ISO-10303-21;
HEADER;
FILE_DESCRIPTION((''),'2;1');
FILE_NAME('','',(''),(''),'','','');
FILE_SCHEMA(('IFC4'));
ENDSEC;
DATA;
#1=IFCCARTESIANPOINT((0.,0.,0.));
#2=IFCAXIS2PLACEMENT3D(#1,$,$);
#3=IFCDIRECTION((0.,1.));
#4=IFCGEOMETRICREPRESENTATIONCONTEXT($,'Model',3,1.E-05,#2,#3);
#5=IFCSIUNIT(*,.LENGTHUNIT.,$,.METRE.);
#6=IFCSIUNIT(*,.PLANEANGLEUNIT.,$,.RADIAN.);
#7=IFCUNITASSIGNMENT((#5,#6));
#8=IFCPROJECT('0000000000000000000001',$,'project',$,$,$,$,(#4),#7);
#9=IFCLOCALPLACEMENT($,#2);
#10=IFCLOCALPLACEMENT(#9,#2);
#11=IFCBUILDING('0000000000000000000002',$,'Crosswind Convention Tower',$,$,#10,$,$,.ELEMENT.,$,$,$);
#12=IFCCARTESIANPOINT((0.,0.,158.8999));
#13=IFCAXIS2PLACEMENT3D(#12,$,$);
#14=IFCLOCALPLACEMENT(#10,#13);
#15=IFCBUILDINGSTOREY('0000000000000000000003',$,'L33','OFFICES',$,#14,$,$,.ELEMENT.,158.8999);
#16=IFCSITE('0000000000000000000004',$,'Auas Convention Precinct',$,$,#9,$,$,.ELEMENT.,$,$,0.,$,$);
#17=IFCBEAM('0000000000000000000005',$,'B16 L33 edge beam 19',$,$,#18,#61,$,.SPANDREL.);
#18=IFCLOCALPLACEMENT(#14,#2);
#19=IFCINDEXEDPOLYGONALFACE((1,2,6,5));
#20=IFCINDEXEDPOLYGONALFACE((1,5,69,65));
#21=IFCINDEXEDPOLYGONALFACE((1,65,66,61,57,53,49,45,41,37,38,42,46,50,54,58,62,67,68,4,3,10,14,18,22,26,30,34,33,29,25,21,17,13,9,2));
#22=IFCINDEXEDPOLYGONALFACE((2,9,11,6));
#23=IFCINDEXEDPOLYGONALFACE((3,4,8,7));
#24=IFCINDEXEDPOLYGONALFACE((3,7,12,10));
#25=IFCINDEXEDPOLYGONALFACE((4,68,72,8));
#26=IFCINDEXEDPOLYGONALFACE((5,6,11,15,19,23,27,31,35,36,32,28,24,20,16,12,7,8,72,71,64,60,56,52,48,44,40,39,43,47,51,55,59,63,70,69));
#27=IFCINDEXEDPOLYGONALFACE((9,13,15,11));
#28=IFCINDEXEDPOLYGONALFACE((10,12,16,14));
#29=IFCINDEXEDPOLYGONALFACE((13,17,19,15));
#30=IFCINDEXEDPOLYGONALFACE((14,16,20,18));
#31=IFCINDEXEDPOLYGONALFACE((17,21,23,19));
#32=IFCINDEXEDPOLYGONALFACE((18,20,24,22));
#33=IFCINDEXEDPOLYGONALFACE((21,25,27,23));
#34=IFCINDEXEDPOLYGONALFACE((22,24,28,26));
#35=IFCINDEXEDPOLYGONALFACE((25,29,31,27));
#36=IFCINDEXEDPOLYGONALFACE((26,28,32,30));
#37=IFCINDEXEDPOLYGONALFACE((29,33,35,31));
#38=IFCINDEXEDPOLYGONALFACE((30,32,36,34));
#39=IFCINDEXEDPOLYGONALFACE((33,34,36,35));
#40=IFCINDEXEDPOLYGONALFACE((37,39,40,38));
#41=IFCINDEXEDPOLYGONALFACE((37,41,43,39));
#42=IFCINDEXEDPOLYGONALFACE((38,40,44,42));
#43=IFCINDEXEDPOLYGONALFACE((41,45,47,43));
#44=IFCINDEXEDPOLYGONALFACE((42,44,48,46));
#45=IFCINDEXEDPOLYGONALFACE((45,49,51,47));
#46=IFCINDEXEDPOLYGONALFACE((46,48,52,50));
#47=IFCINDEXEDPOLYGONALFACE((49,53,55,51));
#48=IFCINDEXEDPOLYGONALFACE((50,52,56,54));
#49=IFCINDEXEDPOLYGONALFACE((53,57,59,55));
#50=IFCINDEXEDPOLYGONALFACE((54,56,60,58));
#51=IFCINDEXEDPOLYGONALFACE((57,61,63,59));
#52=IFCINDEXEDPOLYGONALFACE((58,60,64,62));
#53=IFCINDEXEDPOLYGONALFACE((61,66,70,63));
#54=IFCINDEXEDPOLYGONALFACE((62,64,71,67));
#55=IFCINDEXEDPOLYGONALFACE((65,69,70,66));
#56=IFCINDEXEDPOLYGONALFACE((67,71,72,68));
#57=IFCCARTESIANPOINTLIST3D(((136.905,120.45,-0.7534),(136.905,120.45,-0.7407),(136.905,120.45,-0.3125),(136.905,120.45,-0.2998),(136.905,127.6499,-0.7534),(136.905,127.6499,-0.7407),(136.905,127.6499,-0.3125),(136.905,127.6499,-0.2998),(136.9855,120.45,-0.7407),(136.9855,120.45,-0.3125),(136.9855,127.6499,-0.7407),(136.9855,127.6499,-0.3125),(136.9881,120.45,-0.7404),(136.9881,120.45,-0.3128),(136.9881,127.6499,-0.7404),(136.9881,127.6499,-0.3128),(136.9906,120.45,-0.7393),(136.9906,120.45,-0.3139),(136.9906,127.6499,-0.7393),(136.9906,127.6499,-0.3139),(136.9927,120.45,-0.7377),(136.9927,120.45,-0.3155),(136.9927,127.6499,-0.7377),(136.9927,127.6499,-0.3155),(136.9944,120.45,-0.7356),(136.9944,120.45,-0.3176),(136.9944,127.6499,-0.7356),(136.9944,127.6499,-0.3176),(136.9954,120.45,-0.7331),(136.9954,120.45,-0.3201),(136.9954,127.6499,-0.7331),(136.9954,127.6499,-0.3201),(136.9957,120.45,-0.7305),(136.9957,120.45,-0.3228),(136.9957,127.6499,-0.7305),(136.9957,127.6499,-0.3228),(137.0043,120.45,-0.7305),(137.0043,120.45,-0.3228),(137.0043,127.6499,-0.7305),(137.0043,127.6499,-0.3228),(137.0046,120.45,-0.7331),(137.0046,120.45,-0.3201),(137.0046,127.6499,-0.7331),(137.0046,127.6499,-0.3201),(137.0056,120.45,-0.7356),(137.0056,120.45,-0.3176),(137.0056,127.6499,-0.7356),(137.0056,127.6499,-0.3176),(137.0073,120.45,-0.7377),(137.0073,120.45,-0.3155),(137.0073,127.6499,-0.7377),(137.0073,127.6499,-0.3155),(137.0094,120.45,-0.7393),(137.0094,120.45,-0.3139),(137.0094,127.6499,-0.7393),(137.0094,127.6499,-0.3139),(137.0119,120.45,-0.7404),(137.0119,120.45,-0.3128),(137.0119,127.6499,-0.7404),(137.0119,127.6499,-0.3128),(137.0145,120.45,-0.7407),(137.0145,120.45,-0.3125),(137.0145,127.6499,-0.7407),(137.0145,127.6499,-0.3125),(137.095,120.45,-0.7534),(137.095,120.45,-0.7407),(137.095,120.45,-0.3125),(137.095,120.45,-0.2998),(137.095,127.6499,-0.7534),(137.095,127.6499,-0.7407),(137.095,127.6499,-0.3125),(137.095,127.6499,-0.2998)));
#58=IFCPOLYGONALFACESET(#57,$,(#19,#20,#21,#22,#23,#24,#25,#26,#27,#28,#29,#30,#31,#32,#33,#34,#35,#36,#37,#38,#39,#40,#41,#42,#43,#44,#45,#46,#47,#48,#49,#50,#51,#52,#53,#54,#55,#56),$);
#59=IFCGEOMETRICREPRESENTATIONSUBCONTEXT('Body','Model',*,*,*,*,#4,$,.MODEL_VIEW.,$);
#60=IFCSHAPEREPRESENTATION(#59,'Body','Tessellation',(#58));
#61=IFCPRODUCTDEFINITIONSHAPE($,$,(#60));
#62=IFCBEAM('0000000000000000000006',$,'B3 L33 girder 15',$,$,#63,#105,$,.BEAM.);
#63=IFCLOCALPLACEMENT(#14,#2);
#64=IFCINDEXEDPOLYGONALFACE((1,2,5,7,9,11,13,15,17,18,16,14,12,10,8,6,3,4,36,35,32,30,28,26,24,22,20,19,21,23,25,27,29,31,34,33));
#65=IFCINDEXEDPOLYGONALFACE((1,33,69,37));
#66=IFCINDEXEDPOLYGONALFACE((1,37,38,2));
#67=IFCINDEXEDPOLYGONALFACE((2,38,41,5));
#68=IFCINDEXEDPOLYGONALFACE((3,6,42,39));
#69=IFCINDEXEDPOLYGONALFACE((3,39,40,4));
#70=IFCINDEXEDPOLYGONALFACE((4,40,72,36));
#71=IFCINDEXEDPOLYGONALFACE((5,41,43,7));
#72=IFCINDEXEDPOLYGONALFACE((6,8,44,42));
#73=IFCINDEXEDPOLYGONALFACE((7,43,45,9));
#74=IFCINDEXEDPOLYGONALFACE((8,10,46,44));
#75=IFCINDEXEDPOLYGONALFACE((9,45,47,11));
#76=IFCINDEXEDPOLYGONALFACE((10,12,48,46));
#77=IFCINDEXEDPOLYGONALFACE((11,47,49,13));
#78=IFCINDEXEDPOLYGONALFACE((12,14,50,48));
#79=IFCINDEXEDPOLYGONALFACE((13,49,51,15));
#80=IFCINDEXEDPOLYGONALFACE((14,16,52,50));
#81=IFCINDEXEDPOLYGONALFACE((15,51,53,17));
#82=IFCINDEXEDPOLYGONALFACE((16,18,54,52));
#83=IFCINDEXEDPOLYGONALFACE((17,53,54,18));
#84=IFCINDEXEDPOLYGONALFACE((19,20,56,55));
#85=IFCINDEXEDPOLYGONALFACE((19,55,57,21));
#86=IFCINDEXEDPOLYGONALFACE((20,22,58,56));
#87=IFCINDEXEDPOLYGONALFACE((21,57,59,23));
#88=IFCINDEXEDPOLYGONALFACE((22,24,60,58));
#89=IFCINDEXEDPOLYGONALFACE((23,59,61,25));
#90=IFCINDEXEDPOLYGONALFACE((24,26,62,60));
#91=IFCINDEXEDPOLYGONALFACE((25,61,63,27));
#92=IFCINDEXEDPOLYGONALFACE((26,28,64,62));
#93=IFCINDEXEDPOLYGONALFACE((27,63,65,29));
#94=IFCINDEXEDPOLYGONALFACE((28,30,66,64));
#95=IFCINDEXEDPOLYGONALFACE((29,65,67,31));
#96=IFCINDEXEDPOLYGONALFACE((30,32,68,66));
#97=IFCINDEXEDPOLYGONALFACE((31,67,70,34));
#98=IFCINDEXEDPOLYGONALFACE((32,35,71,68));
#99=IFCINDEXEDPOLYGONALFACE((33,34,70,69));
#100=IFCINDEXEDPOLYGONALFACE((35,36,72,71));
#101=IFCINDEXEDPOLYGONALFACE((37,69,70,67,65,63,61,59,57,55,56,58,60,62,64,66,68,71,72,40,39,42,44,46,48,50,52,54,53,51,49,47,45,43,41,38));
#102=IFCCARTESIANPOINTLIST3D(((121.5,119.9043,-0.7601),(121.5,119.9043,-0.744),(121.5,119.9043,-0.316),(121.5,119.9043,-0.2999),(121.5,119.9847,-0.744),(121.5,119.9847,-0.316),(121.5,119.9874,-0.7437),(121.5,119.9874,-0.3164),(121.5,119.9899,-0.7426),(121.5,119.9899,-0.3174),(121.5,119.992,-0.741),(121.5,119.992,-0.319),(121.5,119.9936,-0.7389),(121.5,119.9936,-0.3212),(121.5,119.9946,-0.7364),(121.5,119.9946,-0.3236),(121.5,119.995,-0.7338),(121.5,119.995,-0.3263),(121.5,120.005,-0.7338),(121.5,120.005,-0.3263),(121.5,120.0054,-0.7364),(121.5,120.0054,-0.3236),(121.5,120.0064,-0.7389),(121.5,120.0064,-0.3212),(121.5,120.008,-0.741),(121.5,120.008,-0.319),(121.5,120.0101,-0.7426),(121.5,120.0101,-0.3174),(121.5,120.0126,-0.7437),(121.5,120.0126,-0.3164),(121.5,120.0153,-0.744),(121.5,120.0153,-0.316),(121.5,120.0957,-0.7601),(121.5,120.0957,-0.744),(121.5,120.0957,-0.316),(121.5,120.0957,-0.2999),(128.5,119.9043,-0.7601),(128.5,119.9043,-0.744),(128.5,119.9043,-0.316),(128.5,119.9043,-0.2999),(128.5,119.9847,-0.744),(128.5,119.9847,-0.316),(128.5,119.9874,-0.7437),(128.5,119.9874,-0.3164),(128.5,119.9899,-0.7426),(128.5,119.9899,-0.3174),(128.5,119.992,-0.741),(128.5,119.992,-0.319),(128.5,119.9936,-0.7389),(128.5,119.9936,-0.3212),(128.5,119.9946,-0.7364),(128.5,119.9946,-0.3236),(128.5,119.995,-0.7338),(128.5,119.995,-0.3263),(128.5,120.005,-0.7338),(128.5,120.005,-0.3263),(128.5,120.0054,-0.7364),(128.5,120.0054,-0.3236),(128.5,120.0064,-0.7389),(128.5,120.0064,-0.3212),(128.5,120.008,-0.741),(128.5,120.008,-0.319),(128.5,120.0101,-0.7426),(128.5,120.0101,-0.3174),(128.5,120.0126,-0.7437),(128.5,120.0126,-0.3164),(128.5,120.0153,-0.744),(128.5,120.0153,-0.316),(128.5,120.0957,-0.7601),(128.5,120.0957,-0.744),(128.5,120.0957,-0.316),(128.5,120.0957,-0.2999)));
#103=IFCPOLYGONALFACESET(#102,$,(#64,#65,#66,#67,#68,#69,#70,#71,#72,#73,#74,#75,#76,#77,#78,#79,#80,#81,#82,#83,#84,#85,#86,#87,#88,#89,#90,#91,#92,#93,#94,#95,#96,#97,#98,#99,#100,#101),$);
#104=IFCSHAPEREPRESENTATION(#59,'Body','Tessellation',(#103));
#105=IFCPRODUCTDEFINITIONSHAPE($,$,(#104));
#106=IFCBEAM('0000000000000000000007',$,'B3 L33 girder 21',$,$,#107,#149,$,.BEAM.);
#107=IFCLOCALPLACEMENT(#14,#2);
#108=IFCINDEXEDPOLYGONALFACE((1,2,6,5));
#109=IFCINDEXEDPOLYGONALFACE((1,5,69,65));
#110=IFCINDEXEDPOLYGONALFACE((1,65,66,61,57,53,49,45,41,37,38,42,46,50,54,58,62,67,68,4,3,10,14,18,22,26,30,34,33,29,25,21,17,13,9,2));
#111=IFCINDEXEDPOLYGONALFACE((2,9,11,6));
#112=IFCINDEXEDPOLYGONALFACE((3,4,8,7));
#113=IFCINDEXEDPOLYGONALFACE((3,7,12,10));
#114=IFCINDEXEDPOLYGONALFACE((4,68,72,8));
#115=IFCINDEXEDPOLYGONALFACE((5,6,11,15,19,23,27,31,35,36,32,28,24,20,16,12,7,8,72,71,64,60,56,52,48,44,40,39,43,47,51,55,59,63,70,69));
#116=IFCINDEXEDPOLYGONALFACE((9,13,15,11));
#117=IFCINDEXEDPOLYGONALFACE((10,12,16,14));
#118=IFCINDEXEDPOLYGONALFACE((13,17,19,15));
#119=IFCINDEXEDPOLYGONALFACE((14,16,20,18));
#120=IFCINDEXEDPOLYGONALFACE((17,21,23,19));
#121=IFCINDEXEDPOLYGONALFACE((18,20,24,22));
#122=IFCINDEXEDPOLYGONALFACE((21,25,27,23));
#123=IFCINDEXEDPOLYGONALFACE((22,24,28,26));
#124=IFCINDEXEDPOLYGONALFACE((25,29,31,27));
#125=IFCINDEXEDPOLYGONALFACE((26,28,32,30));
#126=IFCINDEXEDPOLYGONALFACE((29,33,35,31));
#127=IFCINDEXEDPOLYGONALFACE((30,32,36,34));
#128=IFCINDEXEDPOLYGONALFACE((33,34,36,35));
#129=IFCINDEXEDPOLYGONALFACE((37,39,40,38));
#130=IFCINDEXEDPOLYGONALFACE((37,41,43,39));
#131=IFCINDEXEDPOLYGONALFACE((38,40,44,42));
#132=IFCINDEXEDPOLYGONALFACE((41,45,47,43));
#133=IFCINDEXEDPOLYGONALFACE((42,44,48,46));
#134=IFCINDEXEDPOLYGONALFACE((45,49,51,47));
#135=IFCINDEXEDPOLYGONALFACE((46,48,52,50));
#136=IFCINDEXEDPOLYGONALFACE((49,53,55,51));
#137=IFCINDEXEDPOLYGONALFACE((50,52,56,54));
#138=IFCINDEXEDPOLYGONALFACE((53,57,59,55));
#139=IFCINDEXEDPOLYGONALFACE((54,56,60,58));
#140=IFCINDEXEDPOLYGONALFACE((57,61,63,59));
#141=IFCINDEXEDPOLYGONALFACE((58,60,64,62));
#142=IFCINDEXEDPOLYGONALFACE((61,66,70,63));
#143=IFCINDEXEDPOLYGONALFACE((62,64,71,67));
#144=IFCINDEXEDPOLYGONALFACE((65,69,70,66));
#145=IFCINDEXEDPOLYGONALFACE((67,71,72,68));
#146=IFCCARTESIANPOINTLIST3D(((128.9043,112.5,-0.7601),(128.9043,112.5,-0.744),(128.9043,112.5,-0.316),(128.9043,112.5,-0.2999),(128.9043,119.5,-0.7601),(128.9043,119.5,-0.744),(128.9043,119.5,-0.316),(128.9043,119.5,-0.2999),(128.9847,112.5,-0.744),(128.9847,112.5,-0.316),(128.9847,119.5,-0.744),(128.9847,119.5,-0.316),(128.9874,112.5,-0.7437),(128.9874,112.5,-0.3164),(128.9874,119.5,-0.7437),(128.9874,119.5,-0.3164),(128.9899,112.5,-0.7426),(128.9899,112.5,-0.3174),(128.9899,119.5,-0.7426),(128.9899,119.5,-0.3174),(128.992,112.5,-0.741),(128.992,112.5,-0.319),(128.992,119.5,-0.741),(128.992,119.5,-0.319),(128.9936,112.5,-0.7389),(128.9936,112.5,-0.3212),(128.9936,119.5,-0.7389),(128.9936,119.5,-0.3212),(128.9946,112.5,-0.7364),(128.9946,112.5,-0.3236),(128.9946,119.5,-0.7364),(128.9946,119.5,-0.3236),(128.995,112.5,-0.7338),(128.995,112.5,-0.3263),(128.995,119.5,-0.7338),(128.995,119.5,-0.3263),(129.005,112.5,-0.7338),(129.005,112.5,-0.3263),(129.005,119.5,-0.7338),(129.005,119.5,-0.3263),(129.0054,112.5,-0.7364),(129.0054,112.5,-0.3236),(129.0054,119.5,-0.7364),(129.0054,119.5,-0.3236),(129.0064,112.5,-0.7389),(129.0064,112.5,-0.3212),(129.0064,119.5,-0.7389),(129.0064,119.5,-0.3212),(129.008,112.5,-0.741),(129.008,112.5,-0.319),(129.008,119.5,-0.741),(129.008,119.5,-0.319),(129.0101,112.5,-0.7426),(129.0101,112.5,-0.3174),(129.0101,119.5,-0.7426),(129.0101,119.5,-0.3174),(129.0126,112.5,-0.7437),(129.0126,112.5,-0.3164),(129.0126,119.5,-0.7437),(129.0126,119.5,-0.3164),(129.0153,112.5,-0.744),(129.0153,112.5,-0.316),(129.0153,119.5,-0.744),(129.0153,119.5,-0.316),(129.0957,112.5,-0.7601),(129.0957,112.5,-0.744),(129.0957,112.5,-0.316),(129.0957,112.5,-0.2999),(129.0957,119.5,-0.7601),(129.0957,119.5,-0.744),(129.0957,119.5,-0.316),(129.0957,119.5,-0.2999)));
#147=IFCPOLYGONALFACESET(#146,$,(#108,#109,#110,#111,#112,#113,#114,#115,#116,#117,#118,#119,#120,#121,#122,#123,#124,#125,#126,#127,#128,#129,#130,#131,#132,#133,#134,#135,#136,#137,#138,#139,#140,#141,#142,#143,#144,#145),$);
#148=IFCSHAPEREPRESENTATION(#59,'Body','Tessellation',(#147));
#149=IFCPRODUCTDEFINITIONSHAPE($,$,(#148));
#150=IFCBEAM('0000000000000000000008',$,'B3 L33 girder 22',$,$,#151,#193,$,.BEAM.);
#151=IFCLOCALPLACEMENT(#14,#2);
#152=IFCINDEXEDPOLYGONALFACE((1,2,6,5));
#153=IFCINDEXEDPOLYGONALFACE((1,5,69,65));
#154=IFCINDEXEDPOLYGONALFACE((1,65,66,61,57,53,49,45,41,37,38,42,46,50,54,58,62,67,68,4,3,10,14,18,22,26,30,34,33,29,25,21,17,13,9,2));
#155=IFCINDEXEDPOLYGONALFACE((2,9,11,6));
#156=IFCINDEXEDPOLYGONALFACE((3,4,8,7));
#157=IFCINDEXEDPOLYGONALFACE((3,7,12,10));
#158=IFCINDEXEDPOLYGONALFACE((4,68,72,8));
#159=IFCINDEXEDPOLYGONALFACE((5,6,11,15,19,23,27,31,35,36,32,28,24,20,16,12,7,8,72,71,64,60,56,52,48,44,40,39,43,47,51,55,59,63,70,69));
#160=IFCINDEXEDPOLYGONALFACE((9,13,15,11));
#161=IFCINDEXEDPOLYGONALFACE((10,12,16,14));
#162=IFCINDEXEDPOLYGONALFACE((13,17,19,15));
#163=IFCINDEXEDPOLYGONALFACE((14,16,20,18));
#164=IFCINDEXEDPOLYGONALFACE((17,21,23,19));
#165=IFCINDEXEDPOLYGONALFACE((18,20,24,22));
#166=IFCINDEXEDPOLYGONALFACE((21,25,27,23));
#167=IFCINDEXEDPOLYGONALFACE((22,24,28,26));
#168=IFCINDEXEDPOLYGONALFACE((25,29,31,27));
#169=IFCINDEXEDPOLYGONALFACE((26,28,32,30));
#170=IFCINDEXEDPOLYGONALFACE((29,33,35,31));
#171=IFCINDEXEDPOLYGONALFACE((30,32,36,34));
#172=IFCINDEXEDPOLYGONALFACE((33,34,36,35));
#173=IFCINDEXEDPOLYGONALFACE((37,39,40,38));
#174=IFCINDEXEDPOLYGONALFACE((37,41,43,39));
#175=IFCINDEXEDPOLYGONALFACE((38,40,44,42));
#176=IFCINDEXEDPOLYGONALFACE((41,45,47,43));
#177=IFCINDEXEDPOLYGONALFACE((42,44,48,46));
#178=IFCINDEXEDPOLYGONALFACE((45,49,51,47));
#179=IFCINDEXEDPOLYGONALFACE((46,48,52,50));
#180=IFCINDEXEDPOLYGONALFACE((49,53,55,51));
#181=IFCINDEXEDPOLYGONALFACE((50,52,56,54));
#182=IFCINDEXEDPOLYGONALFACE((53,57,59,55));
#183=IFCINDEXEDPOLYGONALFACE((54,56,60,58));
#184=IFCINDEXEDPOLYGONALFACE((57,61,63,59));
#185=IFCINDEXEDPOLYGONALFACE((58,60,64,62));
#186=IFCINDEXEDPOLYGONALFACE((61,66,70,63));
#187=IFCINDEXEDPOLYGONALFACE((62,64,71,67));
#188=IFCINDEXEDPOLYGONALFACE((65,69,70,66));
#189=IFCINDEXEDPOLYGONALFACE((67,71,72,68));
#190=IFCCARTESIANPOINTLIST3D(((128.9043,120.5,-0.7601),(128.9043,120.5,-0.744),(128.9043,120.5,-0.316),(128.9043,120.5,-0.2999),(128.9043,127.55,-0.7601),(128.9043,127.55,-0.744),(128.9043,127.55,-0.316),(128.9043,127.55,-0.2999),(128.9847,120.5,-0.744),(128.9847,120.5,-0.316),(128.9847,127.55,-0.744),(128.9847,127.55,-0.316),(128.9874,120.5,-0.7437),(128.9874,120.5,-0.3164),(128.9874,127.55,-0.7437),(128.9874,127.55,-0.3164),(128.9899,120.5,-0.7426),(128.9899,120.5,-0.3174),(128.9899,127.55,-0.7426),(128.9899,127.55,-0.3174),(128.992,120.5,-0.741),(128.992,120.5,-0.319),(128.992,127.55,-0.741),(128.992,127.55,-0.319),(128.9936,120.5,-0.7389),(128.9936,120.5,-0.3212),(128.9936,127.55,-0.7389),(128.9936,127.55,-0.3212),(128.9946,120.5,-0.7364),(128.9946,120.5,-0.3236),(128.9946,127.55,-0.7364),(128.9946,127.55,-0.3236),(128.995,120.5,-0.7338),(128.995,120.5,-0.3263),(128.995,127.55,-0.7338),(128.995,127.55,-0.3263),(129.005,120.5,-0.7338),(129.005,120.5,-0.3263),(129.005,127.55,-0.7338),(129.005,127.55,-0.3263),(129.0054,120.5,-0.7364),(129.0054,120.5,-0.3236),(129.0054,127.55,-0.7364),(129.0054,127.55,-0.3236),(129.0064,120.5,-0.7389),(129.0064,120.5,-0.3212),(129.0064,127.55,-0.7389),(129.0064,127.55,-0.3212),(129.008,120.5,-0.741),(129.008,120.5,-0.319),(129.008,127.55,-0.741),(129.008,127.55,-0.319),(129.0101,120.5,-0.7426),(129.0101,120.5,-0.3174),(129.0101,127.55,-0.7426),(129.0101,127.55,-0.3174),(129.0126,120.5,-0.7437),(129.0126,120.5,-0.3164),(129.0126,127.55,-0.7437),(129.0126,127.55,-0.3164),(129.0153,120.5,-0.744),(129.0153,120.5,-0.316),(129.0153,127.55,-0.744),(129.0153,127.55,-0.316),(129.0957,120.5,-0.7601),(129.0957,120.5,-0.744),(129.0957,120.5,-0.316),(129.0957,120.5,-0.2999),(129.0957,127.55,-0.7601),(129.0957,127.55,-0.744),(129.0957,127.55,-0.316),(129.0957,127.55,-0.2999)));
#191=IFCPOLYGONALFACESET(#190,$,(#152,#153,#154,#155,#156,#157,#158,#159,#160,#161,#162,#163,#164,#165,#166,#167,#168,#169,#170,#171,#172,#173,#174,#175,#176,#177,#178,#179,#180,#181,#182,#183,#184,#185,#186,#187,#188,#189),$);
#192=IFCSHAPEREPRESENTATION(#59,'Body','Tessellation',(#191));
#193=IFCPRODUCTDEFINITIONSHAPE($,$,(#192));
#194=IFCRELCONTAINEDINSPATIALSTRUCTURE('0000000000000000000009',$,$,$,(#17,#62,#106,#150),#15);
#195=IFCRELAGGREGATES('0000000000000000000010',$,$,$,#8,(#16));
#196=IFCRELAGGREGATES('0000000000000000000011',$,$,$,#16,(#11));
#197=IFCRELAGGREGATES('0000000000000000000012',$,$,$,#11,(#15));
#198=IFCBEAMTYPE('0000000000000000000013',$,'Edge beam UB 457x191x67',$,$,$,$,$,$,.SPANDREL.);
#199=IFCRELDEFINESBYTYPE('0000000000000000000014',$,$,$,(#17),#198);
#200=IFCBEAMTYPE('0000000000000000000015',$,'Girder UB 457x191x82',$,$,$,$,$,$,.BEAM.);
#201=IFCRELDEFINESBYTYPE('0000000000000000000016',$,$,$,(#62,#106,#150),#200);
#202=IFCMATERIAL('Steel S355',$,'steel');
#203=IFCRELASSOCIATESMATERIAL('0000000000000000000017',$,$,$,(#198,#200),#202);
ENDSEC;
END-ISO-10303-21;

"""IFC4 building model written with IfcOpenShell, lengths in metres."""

from ifc_helpers import new_model, si_unit, direction, frame, origin, origin_2d, place, context, subcontext, project, spatial, i_section, extrude, material, material_profile, profile_set, type_object, element, save


model = new_model("IFC4")

# Units and contexts
model_context = context("Model", 3, precision=1e-05, world=origin(), true_north=direction((0.0, 1.0)))
body_context = subcontext(model_context, "Body", "Model", "MODEL_VIEW")
ifc_project = project(units=[si_unit("LENGTHUNIT", "METRE"), si_unit("PLANEANGLEUNIT", "RADIAN")], contexts=[model_context])

# Site, building, storey
site_placement = place(None, origin())
site = spatial("IfcSite", under=ifc_project, at=site_placement, Name="Auas Convention Precinct", CompositionType="ELEMENT", RefElevation=0.0)
building_placement = place(site_placement, origin())
building = spatial("IfcBuilding", under=site, at=building_placement, Name="Crosswind Convention Tower", CompositionType="ELEMENT")
storey_placement = place(building_placement, frame((0.0, 0.0, 158.8999)))
storey = spatial("IfcBuildingStorey", under=building, at=storey_placement, Name="L33", Description="OFFICES", CompositionType="ELEMENT", Elevation=158.8999)

# Beams
ifc_material_1 = material(Name="Steel S355", Category="steel")
ifc_material_profile_1 = material_profile(ifc_material_1, i_section(OverallWidth=0.1899, OverallDepth=0.4536, WebThickness=0.0085, FlangeThickness=0.0127, FilletRadius=0.0103, at=origin_2d()), Name="UB 457x191x67")
ifc_profile_set_1 = profile_set([ifc_material_profile_1], Name="Steel S355")
beam_type_1 = type_object("IfcBeamType", Name="Edge beam UB 457x191x67", PredefinedType="SPANDREL", material=ifc_profile_set_1)
for number, where, z_axis, x_axis, name in (
    (1, (137.0, 120.45, -0.5266), (0.0, 1.0, 0.0), (-1.0, 0.0, 0.0), "B16 L33 edge beam 19"),
):
    element("IfcBeam", number, at=place(storey_placement, frame(where, z_axis=z_axis, x_axis=x_axis)), inside=storey, type_object=beam_type_1, Name=name, PredefinedType="SPANDREL", context=body_context, shape_type="SweptSolid", body=[
        extrude(i_section(OverallWidth=0.1899, OverallDepth=0.4536, WebThickness=0.0085, FlangeThickness=0.0127, FilletRadius=0.0103, at=origin_2d()), origin(), (0.0, 0.0, 1.0), 7.2),
    ])
ifc_material_profile_2 = material_profile(ifc_material_1, i_section(OverallWidth=0.1914, OverallDepth=0.4602, WebThickness=0.01, FlangeThickness=0.0161, FilletRadius=0.0103, at=origin_2d()), Name="UB 457x191x82")
ifc_profile_set_2 = profile_set([ifc_material_profile_2], Name="Steel S355")
beam_type_2 = type_object("IfcBeamType", Name="Girder UB 457x191x82", PredefinedType="BEAM", material=ifc_profile_set_2)
for number, where, z_axis, x_axis, name in (
    (2, (121.5, 120.0, -0.53), (1.0, 0.0, 0.0), (0.0, 1.0, 0.0), "B3 L33 girder 15"),
    (3, (129.0, 112.5, -0.53), (0.0, 1.0, 0.0), (-1.0, 0.0, 0.0), "B3 L33 girder 21"),
):
    element("IfcBeam", number, at=place(storey_placement, frame(where, z_axis=z_axis, x_axis=x_axis)), inside=storey, type_object=beam_type_2, Name=name, PredefinedType="BEAM", context=body_context, shape_type="SweptSolid", body=[
        extrude(i_section(OverallWidth=0.1914, OverallDepth=0.4602, WebThickness=0.01, FlangeThickness=0.0161, FilletRadius=0.0103, at=origin_2d()), origin(), (0.0, 0.0, 1.0), 7.0),
    ])
for number, where, z_axis, x_axis, name in (
    (4, (129.0, 120.5, -0.53), (0.0, 1.0, 0.0), (-1.0, 0.0, 0.0), "B3 L33 girder 22"),
):
    element("IfcBeam", number, at=place(storey_placement, frame(where, z_axis=z_axis, x_axis=x_axis)), inside=storey, type_object=beam_type_2, Name=name, PredefinedType="BEAM", context=body_context, shape_type="SweptSolid", body=[
        extrude(i_section(OverallWidth=0.1914, OverallDepth=0.4602, WebThickness=0.01, FlangeThickness=0.0161, FilletRadius=0.0103, at=origin_2d()), origin(), (0.0, 0.0, 1.0), 7.05),
    ])

save(model, "model.ifc")
